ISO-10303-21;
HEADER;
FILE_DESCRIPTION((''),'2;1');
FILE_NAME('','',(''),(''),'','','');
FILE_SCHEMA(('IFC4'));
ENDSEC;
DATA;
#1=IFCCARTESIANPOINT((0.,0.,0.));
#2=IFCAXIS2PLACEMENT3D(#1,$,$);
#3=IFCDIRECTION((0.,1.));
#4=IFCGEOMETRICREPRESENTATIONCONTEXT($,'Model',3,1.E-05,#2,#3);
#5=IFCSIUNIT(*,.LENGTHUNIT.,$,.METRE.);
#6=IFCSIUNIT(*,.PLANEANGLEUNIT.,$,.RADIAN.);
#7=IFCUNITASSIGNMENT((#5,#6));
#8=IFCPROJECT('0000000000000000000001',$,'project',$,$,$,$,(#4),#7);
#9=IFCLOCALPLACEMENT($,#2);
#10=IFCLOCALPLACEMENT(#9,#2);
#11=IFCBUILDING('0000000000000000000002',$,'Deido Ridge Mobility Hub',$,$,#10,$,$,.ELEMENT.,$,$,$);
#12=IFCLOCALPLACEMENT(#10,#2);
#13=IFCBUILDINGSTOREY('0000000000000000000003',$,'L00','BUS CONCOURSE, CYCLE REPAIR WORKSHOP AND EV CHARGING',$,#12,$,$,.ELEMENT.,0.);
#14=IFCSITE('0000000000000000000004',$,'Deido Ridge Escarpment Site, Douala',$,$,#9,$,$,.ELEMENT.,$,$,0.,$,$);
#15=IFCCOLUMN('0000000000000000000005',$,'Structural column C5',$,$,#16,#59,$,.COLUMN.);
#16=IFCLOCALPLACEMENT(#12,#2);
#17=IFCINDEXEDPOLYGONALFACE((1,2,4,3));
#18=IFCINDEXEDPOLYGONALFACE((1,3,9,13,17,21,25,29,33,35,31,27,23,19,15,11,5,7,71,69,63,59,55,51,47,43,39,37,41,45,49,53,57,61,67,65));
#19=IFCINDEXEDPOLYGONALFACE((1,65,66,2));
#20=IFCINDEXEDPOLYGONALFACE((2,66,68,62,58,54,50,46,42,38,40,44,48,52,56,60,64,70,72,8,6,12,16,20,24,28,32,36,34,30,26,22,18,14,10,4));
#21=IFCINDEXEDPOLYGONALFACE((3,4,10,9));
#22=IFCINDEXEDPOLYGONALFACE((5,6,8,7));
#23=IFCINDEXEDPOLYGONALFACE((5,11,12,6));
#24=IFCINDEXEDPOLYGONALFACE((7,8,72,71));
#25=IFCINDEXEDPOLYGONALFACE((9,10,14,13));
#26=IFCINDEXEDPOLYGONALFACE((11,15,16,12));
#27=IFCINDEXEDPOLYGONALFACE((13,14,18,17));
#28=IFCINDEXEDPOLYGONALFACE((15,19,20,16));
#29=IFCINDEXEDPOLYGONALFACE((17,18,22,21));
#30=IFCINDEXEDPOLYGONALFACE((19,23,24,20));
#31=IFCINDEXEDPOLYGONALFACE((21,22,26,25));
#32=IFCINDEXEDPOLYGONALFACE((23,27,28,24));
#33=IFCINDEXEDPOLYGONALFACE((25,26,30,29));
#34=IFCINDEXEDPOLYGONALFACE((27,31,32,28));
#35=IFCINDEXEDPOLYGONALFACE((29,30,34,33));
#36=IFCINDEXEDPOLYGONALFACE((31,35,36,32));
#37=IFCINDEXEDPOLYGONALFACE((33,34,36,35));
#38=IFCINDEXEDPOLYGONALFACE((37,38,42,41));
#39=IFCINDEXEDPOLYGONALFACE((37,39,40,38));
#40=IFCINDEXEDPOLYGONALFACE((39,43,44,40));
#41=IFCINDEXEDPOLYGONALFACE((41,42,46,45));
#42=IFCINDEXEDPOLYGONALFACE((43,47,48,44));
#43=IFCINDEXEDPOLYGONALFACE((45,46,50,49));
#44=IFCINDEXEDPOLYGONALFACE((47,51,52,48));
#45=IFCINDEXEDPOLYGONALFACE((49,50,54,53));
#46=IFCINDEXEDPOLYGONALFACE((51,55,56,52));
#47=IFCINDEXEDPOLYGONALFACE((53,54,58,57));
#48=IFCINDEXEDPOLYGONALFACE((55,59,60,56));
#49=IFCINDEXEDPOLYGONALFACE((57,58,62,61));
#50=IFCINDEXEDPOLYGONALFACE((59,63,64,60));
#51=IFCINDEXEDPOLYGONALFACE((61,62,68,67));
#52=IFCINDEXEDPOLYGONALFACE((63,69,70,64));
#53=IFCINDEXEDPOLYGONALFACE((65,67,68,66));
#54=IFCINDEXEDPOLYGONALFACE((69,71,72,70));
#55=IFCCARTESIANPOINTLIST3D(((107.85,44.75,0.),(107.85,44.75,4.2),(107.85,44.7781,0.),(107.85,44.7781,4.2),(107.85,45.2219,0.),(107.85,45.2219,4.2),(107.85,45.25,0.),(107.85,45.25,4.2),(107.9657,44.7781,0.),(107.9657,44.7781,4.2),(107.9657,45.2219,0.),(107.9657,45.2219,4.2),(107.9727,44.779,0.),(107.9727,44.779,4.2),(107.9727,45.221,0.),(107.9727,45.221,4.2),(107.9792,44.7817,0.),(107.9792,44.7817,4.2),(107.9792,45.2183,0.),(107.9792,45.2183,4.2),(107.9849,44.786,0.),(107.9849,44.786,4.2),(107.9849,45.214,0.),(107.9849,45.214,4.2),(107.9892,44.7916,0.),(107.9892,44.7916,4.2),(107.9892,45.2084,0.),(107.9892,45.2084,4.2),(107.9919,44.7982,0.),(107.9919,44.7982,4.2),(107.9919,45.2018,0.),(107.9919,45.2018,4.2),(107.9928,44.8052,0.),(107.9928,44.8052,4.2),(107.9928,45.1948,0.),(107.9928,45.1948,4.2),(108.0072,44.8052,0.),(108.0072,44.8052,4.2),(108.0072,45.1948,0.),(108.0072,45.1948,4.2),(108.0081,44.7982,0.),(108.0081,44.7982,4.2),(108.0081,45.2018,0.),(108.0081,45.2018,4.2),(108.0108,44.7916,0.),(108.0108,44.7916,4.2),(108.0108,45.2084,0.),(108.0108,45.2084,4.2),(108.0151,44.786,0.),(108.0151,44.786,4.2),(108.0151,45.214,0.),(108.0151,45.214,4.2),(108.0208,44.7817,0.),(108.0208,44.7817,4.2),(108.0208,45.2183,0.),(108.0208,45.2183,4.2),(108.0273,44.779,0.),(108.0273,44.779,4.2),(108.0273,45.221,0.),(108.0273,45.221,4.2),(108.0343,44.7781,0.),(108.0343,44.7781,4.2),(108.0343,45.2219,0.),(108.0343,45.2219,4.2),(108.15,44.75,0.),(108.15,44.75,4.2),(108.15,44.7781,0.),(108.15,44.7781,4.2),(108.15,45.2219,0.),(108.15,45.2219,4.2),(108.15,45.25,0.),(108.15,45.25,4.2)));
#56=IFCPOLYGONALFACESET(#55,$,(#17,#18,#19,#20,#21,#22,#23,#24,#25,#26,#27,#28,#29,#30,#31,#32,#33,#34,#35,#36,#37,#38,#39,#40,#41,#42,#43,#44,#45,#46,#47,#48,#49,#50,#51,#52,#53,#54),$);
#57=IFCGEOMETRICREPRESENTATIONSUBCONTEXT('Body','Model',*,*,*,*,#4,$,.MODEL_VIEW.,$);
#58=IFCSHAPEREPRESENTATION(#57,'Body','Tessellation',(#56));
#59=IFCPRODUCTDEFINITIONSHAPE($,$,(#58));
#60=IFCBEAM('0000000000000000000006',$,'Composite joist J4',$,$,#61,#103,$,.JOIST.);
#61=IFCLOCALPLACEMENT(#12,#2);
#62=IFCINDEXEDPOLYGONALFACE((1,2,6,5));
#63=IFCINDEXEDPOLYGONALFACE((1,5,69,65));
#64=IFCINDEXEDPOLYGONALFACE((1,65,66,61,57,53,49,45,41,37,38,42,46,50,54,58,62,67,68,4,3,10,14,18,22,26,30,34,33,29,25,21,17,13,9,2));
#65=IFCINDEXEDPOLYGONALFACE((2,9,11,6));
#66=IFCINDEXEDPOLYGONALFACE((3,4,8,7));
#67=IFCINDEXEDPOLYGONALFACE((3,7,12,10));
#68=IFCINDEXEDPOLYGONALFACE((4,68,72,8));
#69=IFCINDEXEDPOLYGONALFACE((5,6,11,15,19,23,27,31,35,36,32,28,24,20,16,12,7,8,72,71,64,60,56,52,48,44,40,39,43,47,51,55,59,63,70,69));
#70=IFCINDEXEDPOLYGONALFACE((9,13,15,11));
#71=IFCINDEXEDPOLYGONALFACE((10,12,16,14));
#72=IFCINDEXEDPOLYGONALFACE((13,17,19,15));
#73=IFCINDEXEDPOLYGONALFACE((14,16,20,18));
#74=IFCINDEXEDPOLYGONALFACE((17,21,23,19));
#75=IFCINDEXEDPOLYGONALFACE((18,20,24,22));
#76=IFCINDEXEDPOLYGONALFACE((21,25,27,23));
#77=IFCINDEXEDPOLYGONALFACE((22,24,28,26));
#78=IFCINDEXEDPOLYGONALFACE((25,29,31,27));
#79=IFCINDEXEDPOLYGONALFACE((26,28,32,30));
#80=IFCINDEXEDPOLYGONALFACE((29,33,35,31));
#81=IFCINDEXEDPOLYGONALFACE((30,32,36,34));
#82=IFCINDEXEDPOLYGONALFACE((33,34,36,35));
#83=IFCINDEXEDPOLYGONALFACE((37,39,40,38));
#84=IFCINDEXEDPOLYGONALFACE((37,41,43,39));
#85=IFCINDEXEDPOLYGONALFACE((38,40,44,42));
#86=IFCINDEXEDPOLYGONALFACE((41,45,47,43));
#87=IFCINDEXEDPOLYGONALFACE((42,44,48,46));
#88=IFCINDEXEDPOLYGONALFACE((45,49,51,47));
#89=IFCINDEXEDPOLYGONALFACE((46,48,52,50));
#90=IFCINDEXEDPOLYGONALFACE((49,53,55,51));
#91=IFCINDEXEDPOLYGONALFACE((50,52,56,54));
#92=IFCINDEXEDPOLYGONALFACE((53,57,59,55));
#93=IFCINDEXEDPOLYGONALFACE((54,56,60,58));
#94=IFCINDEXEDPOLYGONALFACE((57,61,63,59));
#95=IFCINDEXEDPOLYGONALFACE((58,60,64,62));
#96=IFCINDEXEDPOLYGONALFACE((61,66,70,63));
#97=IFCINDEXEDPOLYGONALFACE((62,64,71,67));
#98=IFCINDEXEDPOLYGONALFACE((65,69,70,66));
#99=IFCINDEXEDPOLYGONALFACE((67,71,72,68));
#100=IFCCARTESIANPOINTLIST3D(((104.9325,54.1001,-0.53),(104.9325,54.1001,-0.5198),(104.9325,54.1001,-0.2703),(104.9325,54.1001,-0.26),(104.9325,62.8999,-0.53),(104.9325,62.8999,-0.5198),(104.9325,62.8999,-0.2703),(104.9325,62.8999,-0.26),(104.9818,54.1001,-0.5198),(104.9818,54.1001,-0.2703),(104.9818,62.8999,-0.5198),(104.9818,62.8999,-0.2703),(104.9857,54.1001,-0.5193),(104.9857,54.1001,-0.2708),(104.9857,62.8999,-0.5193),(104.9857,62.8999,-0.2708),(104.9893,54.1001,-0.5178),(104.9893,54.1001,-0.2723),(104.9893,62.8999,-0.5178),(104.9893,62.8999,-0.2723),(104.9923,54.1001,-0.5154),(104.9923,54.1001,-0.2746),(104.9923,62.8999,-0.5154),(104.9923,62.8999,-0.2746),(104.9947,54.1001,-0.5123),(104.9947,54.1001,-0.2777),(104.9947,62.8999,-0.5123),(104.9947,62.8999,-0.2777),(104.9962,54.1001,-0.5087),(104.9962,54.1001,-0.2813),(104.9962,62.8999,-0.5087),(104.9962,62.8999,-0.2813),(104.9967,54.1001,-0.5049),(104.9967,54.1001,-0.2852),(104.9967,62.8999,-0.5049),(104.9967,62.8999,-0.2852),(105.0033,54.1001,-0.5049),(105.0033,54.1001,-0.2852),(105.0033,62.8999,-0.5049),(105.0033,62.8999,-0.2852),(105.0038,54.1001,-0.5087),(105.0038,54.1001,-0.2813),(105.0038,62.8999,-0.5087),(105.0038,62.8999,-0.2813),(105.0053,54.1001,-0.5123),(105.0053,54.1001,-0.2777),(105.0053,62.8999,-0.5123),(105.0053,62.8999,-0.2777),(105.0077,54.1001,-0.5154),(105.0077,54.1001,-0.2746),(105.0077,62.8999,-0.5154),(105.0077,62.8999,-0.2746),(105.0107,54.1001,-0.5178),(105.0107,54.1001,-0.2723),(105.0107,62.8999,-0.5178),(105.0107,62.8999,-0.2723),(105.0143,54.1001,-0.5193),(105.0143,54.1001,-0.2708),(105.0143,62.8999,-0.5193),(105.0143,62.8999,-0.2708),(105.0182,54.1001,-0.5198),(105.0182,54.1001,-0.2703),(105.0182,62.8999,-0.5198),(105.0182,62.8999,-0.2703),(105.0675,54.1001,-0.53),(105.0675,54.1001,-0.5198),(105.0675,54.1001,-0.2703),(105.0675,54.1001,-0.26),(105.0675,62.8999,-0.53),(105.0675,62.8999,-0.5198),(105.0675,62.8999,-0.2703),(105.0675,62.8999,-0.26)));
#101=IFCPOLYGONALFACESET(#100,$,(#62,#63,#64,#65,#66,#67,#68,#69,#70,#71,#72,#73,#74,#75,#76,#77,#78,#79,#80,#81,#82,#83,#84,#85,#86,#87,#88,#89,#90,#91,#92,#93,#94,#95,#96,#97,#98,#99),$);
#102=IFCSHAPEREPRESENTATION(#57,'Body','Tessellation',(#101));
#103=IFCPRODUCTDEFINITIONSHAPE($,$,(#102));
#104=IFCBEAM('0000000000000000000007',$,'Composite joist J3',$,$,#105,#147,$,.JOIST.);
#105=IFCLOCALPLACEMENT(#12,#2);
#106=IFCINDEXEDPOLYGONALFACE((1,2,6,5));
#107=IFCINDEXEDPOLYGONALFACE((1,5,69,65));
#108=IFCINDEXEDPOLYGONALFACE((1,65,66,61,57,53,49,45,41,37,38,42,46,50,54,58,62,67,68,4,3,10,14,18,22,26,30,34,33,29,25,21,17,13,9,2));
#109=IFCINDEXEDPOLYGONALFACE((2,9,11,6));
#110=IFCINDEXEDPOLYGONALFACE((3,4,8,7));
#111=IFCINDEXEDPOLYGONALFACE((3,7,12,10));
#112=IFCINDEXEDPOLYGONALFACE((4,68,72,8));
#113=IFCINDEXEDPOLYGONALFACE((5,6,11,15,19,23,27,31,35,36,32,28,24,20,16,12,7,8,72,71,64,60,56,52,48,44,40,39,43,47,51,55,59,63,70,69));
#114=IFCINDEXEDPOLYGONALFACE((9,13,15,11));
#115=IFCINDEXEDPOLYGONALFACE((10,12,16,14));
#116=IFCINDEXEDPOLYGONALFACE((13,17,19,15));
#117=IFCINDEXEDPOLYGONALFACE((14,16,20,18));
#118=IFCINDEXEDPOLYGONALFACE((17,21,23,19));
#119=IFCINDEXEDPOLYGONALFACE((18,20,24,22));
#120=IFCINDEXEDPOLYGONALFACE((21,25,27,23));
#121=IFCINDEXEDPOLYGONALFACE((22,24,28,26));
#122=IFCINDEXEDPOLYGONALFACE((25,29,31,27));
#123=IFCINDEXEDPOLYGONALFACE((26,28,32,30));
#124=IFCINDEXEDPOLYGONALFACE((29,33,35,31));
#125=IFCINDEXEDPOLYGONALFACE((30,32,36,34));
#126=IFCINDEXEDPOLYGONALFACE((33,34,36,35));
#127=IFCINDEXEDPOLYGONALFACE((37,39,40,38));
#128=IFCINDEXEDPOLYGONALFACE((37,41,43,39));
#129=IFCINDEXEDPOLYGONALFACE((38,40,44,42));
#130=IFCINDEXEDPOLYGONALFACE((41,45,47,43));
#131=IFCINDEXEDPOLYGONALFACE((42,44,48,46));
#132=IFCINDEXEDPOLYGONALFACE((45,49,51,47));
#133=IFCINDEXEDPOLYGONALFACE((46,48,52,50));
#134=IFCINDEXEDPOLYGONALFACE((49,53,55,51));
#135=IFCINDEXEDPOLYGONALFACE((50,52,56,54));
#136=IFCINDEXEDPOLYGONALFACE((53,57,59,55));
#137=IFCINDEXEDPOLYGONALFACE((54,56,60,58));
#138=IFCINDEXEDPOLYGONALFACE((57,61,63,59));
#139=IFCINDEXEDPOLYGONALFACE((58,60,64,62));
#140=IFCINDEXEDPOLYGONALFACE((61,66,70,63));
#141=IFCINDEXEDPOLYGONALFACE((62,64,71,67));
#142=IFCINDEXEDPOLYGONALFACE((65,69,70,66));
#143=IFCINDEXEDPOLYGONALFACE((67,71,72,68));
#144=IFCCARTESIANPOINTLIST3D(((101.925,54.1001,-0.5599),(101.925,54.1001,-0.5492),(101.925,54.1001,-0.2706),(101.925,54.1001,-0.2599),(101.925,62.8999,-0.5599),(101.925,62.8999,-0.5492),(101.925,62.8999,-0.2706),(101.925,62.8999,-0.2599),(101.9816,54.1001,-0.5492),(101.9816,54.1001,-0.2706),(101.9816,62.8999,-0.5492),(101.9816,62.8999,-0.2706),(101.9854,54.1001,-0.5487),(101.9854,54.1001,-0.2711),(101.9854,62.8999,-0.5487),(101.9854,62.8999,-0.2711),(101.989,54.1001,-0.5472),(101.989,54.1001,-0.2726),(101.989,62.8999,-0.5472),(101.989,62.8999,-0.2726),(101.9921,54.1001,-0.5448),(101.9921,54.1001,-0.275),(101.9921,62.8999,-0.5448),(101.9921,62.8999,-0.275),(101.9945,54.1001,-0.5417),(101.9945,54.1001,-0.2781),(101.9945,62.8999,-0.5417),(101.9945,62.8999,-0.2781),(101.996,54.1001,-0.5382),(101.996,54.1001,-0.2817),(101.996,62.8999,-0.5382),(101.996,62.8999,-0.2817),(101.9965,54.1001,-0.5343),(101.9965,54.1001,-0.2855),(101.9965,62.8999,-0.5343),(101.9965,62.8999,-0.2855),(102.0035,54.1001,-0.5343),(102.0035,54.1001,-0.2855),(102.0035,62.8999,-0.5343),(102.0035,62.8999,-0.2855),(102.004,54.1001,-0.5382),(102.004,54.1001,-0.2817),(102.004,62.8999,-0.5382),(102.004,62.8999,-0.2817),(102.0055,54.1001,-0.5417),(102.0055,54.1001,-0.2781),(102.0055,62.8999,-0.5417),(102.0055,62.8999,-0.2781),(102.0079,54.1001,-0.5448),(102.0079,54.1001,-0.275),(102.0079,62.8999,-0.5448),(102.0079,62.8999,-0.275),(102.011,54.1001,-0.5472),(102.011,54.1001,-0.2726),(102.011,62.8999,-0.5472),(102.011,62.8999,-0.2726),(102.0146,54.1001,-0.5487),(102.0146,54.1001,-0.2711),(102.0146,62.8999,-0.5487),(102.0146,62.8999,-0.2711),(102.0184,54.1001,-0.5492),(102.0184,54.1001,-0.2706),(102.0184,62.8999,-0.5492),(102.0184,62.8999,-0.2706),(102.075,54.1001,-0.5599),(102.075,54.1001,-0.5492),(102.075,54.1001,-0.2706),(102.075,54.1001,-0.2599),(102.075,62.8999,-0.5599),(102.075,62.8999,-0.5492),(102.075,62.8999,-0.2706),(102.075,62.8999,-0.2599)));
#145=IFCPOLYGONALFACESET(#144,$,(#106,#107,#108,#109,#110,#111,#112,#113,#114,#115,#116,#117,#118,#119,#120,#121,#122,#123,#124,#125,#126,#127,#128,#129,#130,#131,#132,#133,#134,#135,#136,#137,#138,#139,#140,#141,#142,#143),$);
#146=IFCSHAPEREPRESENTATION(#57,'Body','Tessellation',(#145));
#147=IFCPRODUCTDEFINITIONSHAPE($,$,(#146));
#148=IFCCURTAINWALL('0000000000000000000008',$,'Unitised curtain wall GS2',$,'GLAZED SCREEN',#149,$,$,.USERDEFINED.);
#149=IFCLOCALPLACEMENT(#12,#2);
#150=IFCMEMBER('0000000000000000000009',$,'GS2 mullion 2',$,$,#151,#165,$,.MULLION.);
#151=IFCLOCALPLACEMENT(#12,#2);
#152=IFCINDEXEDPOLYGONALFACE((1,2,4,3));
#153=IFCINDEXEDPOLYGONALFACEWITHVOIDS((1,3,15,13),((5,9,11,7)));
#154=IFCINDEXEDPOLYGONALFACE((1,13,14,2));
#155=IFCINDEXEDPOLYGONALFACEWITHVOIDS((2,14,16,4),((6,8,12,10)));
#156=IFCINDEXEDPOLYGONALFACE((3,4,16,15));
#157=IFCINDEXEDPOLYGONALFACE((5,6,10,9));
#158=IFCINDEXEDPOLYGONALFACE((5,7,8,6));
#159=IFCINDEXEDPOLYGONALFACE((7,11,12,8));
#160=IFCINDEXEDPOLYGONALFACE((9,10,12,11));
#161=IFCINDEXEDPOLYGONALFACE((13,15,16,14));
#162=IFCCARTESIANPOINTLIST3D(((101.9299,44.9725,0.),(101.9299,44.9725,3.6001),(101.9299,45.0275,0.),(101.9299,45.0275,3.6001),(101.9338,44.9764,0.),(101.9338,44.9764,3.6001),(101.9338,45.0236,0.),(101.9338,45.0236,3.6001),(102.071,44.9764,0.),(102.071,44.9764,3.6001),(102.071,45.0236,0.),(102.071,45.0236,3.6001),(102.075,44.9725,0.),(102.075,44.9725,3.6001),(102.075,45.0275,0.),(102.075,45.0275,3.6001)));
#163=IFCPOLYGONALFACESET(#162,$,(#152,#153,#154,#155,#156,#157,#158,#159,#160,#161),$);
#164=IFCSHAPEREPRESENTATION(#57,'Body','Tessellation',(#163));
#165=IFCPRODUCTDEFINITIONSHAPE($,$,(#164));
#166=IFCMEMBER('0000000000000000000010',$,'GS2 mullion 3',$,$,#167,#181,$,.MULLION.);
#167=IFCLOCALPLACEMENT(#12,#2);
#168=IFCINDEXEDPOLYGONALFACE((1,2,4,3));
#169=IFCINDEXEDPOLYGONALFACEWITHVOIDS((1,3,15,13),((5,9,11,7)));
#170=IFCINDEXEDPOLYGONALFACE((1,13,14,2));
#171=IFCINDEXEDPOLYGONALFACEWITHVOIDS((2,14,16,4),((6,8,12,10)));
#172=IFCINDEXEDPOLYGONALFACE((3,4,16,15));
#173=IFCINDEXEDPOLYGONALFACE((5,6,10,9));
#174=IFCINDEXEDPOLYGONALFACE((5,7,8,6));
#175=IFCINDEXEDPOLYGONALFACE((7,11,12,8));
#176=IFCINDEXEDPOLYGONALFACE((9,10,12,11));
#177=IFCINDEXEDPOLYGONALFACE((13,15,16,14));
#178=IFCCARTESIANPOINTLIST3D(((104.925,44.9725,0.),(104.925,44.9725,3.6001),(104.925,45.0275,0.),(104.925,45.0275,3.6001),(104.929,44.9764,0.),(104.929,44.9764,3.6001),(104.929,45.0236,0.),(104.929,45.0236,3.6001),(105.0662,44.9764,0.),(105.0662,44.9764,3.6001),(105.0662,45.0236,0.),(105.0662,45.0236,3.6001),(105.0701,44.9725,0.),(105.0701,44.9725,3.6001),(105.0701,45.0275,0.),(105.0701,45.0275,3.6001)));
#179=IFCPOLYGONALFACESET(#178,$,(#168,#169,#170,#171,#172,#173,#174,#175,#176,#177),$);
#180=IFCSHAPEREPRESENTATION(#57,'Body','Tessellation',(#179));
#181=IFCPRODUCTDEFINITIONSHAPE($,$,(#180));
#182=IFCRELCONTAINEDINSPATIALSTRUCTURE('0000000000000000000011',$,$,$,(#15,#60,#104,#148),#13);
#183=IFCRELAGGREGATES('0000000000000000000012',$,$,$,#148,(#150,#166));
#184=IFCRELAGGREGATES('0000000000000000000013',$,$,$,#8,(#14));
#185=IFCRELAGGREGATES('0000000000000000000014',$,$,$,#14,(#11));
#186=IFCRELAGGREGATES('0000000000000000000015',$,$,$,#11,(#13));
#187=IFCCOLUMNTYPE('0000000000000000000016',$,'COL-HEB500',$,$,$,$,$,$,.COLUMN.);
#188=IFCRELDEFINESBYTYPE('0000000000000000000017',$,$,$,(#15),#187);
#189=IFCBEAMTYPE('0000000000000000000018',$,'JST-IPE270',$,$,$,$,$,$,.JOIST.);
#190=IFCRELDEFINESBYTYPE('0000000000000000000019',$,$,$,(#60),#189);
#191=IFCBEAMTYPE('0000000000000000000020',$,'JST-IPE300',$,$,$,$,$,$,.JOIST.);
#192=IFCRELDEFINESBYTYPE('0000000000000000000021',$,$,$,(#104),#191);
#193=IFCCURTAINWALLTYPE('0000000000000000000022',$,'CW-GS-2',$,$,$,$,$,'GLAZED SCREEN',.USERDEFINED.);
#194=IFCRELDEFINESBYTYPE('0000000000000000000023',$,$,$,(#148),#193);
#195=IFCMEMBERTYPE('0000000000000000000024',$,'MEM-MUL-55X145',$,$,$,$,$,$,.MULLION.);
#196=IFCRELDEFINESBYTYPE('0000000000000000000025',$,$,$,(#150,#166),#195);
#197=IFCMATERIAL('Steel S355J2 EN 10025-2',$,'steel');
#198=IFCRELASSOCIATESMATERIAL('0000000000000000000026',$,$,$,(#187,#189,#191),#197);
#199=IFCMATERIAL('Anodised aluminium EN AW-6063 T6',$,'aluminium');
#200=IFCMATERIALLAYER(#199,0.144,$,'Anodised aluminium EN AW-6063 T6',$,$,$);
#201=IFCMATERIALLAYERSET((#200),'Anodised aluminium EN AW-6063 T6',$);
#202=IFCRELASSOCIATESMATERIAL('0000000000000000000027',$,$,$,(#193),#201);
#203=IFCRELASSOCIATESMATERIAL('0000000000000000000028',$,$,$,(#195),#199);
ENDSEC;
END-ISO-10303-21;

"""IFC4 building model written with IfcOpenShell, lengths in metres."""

from ifc_helpers import new_model, si_unit, direction, frame, origin, origin_2d, place, context, subcontext, project, spatial, hollow_rectangle, i_section, extrude, material, layer, layer_set, material_profile, profile_set, type_object, element, aggregate, save


model = new_model("IFC4")

# Units and contexts
model_context = context("Model", 3, precision=1e-05, world=origin(), true_north=direction((0.0, 1.0)))
body_context = subcontext(model_context, "Body", "Model", "MODEL_VIEW")
ifc_project = project(units=[si_unit("LENGTHUNIT", "METRE"), si_unit("PLANEANGLEUNIT", "RADIAN")], contexts=[model_context])

# Site, building, storey
site_placement = place(None, origin())
site = spatial("IfcSite", under=ifc_project, at=site_placement, Name="Deido Ridge Escarpment Site, Douala", CompositionType="ELEMENT", RefElevation=0.0)
building_placement = place(site_placement, origin())
building = spatial("IfcBuilding", under=site, at=building_placement, Name="Deido Ridge Mobility Hub", CompositionType="ELEMENT")
storey_placement = place(building_placement, origin())
storey = spatial("IfcBuildingStorey", under=building, at=storey_placement, Name="L00", Description="BUS CONCOURSE, CYCLE REPAIR WORKSHOP AND EV CHARGING", CompositionType="ELEMENT", Elevation=0.0)

# Column
ifc_material_1 = material(Name="Steel S355J2 EN 10025-2", Category="steel")
ifc_material_profile_1 = material_profile(ifc_material_1, i_section(OverallWidth=0.3, OverallDepth=0.5, WebThickness=0.0144, FlangeThickness=0.0281, FilletRadius=0.0271, at=origin_2d()), Name="HEB 500")
ifc_profile_set_1 = profile_set([ifc_material_profile_1], Name="Steel S355J2 EN 10025-2")
column_type = type_object("IfcColumnType", Name="COL-HEB500", PredefinedType="COLUMN", material=ifc_profile_set_1)
column_placement = place(storey_placement, frame((108.0, 45.0, 0.0), z_axis=(0.0, 0.0, 1.0), x_axis=(1.0, 0.0, 0.0)))
element("IfcColumn", 1, at=column_placement, inside=storey, type_object=column_type, Name="Structural column C5", PredefinedType="COLUMN", context=body_context, shape_type="SweptSolid", body=[
    extrude(i_section(OverallWidth=0.3, OverallDepth=0.5, WebThickness=0.0144, FlangeThickness=0.0281, FilletRadius=0.0271, at=origin_2d()), origin(), (0.0, 0.0, 1.0), 4.2),
])

# Beams
ifc_material_profile_2 = material_profile(ifc_material_1, i_section(OverallWidth=0.135, OverallDepth=0.27, WebThickness=0.0066, FlangeThickness=0.0103, FilletRadius=0.0149, at=origin_2d()), Name="IPE 270")
ifc_profile_set_2 = profile_set([ifc_material_profile_2], Name="Steel S355J2 EN 10025-2")
beam_type_1 = type_object("IfcBeamType", Name="JST-IPE270", PredefinedType="JOIST", material=ifc_profile_set_2)
beam_1_placement = place(storey_placement, frame((105.0, 54.1001, -0.395), z_axis=(0.0, 1.0, 0.0), x_axis=(-1.0, 0.0, 0.0)))
element("IfcBeam", 2, at=beam_1_placement, inside=storey, type_object=beam_type_1, Name="Composite joist J4", PredefinedType="JOIST", context=body_context, shape_type="SweptSolid", body=[
    extrude(i_section(OverallWidth=0.135, OverallDepth=0.27, WebThickness=0.0066, FlangeThickness=0.0103, FilletRadius=0.0149, at=origin_2d()), origin(), (0.0, 0.0, 1.0), 8.7998),
])
ifc_material_profile_3 = material_profile(ifc_material_1, i_section(OverallWidth=0.1499, OverallDepth=0.3, WebThickness=0.0071, FlangeThickness=0.0107, FilletRadius=0.0149, at=origin_2d()), Name="IPE 300")
ifc_profile_set_3 = profile_set([ifc_material_profile_3], Name="Steel S355J2 EN 10025-2")
beam_type_2 = type_object("IfcBeamType", Name="JST-IPE300", PredefinedType="JOIST", material=ifc_profile_set_3)
beam_2_placement = place(storey_placement, frame((102.0, 54.1001, -0.4099), z_axis=(0.0, 1.0, 0.0), x_axis=(-1.0, 0.0, 0.0)))
element("IfcBeam", 3, at=beam_2_placement, inside=storey, type_object=beam_type_2, Name="Composite joist J3", PredefinedType="JOIST", context=body_context, shape_type="SweptSolid", body=[
    extrude(i_section(OverallWidth=0.1499, OverallDepth=0.3, WebThickness=0.0071, FlangeThickness=0.0107, FilletRadius=0.0149, at=origin_2d()), origin(), (0.0, 0.0, 1.0), 8.7998),
])

# Curtain wall, members
ifc_material_2 = material(Name="Anodised aluminium EN AW-6063 T6", Category="aluminium")
ifc_layer_1 = layer(ifc_material_2, 0.144, Name="Anodised aluminium EN AW-6063 T6")
ifc_layer_set_1 = layer_set([ifc_layer_1], Name="Anodised aluminium EN AW-6063 T6")
curtain_wall_type_1 = type_object("IfcCurtainWallType", Name="CW-GS-2", ElementType="GLAZED SCREEN", PredefinedType="USERDEFINED", material=ifc_layer_set_1)
curtain_wall_1_placement = place(storey_placement, origin())
curtain_wall_1 = element("IfcCurtainWall", 4, at=curtain_wall_1_placement, inside=storey, type_object=curtain_wall_type_1, Name="Unitised curtain wall GS2", ObjectType="GLAZED SCREEN", PredefinedType="USERDEFINED")
ifc_material_profile_4 = material_profile(ifc_material_2, hollow_rectangle(XDim=0.0549, YDim=0.145, WallThickness=0.0039, at=origin_2d()), Name="RHS 55x145x4")
ifc_profile_set_4 = profile_set([ifc_material_profile_4], Name="Anodised aluminium EN AW-6063 T6")
member_type_1 = type_object("IfcMemberType", Name="MEM-MUL-55X145", PredefinedType="MULLION", material=ifc_profile_set_4)
member_1_placement = place(storey_placement, frame((102.0024, 45.0, 0.0), z_axis=(0.0, 0.0, 1.0), x_axis=(0.0, 1.0, 0.0)))
member_1 = element("IfcMember", 5, at=member_1_placement, type_object=member_type_1, Name="GS2 mullion 2", PredefinedType="MULLION", context=body_context, shape_type="SweptSolid", body=[
    extrude(hollow_rectangle(XDim=0.0549, YDim=0.145, WallThickness=0.0039, at=origin_2d()), origin(), (0.0, 0.0, 1.0), 3.6001),
])
member_2_placement = place(storey_placement, frame((104.9976, 45.0, 0.0), z_axis=(0.0, 0.0, 1.0), x_axis=(0.0, 1.0, 0.0)))
member_2 = element("IfcMember", 6, at=member_2_placement, type_object=member_type_1, Name="GS2 mullion 3", PredefinedType="MULLION", context=body_context, shape_type="SweptSolid", body=[
    extrude(hollow_rectangle(XDim=0.0549, YDim=0.145, WallThickness=0.0039, at=origin_2d()), origin(), (0.0, 0.0, 1.0), 3.6001),
])

aggregate(curtain_wall_1, [member_1, member_2])

save(model, "model.ifc")
